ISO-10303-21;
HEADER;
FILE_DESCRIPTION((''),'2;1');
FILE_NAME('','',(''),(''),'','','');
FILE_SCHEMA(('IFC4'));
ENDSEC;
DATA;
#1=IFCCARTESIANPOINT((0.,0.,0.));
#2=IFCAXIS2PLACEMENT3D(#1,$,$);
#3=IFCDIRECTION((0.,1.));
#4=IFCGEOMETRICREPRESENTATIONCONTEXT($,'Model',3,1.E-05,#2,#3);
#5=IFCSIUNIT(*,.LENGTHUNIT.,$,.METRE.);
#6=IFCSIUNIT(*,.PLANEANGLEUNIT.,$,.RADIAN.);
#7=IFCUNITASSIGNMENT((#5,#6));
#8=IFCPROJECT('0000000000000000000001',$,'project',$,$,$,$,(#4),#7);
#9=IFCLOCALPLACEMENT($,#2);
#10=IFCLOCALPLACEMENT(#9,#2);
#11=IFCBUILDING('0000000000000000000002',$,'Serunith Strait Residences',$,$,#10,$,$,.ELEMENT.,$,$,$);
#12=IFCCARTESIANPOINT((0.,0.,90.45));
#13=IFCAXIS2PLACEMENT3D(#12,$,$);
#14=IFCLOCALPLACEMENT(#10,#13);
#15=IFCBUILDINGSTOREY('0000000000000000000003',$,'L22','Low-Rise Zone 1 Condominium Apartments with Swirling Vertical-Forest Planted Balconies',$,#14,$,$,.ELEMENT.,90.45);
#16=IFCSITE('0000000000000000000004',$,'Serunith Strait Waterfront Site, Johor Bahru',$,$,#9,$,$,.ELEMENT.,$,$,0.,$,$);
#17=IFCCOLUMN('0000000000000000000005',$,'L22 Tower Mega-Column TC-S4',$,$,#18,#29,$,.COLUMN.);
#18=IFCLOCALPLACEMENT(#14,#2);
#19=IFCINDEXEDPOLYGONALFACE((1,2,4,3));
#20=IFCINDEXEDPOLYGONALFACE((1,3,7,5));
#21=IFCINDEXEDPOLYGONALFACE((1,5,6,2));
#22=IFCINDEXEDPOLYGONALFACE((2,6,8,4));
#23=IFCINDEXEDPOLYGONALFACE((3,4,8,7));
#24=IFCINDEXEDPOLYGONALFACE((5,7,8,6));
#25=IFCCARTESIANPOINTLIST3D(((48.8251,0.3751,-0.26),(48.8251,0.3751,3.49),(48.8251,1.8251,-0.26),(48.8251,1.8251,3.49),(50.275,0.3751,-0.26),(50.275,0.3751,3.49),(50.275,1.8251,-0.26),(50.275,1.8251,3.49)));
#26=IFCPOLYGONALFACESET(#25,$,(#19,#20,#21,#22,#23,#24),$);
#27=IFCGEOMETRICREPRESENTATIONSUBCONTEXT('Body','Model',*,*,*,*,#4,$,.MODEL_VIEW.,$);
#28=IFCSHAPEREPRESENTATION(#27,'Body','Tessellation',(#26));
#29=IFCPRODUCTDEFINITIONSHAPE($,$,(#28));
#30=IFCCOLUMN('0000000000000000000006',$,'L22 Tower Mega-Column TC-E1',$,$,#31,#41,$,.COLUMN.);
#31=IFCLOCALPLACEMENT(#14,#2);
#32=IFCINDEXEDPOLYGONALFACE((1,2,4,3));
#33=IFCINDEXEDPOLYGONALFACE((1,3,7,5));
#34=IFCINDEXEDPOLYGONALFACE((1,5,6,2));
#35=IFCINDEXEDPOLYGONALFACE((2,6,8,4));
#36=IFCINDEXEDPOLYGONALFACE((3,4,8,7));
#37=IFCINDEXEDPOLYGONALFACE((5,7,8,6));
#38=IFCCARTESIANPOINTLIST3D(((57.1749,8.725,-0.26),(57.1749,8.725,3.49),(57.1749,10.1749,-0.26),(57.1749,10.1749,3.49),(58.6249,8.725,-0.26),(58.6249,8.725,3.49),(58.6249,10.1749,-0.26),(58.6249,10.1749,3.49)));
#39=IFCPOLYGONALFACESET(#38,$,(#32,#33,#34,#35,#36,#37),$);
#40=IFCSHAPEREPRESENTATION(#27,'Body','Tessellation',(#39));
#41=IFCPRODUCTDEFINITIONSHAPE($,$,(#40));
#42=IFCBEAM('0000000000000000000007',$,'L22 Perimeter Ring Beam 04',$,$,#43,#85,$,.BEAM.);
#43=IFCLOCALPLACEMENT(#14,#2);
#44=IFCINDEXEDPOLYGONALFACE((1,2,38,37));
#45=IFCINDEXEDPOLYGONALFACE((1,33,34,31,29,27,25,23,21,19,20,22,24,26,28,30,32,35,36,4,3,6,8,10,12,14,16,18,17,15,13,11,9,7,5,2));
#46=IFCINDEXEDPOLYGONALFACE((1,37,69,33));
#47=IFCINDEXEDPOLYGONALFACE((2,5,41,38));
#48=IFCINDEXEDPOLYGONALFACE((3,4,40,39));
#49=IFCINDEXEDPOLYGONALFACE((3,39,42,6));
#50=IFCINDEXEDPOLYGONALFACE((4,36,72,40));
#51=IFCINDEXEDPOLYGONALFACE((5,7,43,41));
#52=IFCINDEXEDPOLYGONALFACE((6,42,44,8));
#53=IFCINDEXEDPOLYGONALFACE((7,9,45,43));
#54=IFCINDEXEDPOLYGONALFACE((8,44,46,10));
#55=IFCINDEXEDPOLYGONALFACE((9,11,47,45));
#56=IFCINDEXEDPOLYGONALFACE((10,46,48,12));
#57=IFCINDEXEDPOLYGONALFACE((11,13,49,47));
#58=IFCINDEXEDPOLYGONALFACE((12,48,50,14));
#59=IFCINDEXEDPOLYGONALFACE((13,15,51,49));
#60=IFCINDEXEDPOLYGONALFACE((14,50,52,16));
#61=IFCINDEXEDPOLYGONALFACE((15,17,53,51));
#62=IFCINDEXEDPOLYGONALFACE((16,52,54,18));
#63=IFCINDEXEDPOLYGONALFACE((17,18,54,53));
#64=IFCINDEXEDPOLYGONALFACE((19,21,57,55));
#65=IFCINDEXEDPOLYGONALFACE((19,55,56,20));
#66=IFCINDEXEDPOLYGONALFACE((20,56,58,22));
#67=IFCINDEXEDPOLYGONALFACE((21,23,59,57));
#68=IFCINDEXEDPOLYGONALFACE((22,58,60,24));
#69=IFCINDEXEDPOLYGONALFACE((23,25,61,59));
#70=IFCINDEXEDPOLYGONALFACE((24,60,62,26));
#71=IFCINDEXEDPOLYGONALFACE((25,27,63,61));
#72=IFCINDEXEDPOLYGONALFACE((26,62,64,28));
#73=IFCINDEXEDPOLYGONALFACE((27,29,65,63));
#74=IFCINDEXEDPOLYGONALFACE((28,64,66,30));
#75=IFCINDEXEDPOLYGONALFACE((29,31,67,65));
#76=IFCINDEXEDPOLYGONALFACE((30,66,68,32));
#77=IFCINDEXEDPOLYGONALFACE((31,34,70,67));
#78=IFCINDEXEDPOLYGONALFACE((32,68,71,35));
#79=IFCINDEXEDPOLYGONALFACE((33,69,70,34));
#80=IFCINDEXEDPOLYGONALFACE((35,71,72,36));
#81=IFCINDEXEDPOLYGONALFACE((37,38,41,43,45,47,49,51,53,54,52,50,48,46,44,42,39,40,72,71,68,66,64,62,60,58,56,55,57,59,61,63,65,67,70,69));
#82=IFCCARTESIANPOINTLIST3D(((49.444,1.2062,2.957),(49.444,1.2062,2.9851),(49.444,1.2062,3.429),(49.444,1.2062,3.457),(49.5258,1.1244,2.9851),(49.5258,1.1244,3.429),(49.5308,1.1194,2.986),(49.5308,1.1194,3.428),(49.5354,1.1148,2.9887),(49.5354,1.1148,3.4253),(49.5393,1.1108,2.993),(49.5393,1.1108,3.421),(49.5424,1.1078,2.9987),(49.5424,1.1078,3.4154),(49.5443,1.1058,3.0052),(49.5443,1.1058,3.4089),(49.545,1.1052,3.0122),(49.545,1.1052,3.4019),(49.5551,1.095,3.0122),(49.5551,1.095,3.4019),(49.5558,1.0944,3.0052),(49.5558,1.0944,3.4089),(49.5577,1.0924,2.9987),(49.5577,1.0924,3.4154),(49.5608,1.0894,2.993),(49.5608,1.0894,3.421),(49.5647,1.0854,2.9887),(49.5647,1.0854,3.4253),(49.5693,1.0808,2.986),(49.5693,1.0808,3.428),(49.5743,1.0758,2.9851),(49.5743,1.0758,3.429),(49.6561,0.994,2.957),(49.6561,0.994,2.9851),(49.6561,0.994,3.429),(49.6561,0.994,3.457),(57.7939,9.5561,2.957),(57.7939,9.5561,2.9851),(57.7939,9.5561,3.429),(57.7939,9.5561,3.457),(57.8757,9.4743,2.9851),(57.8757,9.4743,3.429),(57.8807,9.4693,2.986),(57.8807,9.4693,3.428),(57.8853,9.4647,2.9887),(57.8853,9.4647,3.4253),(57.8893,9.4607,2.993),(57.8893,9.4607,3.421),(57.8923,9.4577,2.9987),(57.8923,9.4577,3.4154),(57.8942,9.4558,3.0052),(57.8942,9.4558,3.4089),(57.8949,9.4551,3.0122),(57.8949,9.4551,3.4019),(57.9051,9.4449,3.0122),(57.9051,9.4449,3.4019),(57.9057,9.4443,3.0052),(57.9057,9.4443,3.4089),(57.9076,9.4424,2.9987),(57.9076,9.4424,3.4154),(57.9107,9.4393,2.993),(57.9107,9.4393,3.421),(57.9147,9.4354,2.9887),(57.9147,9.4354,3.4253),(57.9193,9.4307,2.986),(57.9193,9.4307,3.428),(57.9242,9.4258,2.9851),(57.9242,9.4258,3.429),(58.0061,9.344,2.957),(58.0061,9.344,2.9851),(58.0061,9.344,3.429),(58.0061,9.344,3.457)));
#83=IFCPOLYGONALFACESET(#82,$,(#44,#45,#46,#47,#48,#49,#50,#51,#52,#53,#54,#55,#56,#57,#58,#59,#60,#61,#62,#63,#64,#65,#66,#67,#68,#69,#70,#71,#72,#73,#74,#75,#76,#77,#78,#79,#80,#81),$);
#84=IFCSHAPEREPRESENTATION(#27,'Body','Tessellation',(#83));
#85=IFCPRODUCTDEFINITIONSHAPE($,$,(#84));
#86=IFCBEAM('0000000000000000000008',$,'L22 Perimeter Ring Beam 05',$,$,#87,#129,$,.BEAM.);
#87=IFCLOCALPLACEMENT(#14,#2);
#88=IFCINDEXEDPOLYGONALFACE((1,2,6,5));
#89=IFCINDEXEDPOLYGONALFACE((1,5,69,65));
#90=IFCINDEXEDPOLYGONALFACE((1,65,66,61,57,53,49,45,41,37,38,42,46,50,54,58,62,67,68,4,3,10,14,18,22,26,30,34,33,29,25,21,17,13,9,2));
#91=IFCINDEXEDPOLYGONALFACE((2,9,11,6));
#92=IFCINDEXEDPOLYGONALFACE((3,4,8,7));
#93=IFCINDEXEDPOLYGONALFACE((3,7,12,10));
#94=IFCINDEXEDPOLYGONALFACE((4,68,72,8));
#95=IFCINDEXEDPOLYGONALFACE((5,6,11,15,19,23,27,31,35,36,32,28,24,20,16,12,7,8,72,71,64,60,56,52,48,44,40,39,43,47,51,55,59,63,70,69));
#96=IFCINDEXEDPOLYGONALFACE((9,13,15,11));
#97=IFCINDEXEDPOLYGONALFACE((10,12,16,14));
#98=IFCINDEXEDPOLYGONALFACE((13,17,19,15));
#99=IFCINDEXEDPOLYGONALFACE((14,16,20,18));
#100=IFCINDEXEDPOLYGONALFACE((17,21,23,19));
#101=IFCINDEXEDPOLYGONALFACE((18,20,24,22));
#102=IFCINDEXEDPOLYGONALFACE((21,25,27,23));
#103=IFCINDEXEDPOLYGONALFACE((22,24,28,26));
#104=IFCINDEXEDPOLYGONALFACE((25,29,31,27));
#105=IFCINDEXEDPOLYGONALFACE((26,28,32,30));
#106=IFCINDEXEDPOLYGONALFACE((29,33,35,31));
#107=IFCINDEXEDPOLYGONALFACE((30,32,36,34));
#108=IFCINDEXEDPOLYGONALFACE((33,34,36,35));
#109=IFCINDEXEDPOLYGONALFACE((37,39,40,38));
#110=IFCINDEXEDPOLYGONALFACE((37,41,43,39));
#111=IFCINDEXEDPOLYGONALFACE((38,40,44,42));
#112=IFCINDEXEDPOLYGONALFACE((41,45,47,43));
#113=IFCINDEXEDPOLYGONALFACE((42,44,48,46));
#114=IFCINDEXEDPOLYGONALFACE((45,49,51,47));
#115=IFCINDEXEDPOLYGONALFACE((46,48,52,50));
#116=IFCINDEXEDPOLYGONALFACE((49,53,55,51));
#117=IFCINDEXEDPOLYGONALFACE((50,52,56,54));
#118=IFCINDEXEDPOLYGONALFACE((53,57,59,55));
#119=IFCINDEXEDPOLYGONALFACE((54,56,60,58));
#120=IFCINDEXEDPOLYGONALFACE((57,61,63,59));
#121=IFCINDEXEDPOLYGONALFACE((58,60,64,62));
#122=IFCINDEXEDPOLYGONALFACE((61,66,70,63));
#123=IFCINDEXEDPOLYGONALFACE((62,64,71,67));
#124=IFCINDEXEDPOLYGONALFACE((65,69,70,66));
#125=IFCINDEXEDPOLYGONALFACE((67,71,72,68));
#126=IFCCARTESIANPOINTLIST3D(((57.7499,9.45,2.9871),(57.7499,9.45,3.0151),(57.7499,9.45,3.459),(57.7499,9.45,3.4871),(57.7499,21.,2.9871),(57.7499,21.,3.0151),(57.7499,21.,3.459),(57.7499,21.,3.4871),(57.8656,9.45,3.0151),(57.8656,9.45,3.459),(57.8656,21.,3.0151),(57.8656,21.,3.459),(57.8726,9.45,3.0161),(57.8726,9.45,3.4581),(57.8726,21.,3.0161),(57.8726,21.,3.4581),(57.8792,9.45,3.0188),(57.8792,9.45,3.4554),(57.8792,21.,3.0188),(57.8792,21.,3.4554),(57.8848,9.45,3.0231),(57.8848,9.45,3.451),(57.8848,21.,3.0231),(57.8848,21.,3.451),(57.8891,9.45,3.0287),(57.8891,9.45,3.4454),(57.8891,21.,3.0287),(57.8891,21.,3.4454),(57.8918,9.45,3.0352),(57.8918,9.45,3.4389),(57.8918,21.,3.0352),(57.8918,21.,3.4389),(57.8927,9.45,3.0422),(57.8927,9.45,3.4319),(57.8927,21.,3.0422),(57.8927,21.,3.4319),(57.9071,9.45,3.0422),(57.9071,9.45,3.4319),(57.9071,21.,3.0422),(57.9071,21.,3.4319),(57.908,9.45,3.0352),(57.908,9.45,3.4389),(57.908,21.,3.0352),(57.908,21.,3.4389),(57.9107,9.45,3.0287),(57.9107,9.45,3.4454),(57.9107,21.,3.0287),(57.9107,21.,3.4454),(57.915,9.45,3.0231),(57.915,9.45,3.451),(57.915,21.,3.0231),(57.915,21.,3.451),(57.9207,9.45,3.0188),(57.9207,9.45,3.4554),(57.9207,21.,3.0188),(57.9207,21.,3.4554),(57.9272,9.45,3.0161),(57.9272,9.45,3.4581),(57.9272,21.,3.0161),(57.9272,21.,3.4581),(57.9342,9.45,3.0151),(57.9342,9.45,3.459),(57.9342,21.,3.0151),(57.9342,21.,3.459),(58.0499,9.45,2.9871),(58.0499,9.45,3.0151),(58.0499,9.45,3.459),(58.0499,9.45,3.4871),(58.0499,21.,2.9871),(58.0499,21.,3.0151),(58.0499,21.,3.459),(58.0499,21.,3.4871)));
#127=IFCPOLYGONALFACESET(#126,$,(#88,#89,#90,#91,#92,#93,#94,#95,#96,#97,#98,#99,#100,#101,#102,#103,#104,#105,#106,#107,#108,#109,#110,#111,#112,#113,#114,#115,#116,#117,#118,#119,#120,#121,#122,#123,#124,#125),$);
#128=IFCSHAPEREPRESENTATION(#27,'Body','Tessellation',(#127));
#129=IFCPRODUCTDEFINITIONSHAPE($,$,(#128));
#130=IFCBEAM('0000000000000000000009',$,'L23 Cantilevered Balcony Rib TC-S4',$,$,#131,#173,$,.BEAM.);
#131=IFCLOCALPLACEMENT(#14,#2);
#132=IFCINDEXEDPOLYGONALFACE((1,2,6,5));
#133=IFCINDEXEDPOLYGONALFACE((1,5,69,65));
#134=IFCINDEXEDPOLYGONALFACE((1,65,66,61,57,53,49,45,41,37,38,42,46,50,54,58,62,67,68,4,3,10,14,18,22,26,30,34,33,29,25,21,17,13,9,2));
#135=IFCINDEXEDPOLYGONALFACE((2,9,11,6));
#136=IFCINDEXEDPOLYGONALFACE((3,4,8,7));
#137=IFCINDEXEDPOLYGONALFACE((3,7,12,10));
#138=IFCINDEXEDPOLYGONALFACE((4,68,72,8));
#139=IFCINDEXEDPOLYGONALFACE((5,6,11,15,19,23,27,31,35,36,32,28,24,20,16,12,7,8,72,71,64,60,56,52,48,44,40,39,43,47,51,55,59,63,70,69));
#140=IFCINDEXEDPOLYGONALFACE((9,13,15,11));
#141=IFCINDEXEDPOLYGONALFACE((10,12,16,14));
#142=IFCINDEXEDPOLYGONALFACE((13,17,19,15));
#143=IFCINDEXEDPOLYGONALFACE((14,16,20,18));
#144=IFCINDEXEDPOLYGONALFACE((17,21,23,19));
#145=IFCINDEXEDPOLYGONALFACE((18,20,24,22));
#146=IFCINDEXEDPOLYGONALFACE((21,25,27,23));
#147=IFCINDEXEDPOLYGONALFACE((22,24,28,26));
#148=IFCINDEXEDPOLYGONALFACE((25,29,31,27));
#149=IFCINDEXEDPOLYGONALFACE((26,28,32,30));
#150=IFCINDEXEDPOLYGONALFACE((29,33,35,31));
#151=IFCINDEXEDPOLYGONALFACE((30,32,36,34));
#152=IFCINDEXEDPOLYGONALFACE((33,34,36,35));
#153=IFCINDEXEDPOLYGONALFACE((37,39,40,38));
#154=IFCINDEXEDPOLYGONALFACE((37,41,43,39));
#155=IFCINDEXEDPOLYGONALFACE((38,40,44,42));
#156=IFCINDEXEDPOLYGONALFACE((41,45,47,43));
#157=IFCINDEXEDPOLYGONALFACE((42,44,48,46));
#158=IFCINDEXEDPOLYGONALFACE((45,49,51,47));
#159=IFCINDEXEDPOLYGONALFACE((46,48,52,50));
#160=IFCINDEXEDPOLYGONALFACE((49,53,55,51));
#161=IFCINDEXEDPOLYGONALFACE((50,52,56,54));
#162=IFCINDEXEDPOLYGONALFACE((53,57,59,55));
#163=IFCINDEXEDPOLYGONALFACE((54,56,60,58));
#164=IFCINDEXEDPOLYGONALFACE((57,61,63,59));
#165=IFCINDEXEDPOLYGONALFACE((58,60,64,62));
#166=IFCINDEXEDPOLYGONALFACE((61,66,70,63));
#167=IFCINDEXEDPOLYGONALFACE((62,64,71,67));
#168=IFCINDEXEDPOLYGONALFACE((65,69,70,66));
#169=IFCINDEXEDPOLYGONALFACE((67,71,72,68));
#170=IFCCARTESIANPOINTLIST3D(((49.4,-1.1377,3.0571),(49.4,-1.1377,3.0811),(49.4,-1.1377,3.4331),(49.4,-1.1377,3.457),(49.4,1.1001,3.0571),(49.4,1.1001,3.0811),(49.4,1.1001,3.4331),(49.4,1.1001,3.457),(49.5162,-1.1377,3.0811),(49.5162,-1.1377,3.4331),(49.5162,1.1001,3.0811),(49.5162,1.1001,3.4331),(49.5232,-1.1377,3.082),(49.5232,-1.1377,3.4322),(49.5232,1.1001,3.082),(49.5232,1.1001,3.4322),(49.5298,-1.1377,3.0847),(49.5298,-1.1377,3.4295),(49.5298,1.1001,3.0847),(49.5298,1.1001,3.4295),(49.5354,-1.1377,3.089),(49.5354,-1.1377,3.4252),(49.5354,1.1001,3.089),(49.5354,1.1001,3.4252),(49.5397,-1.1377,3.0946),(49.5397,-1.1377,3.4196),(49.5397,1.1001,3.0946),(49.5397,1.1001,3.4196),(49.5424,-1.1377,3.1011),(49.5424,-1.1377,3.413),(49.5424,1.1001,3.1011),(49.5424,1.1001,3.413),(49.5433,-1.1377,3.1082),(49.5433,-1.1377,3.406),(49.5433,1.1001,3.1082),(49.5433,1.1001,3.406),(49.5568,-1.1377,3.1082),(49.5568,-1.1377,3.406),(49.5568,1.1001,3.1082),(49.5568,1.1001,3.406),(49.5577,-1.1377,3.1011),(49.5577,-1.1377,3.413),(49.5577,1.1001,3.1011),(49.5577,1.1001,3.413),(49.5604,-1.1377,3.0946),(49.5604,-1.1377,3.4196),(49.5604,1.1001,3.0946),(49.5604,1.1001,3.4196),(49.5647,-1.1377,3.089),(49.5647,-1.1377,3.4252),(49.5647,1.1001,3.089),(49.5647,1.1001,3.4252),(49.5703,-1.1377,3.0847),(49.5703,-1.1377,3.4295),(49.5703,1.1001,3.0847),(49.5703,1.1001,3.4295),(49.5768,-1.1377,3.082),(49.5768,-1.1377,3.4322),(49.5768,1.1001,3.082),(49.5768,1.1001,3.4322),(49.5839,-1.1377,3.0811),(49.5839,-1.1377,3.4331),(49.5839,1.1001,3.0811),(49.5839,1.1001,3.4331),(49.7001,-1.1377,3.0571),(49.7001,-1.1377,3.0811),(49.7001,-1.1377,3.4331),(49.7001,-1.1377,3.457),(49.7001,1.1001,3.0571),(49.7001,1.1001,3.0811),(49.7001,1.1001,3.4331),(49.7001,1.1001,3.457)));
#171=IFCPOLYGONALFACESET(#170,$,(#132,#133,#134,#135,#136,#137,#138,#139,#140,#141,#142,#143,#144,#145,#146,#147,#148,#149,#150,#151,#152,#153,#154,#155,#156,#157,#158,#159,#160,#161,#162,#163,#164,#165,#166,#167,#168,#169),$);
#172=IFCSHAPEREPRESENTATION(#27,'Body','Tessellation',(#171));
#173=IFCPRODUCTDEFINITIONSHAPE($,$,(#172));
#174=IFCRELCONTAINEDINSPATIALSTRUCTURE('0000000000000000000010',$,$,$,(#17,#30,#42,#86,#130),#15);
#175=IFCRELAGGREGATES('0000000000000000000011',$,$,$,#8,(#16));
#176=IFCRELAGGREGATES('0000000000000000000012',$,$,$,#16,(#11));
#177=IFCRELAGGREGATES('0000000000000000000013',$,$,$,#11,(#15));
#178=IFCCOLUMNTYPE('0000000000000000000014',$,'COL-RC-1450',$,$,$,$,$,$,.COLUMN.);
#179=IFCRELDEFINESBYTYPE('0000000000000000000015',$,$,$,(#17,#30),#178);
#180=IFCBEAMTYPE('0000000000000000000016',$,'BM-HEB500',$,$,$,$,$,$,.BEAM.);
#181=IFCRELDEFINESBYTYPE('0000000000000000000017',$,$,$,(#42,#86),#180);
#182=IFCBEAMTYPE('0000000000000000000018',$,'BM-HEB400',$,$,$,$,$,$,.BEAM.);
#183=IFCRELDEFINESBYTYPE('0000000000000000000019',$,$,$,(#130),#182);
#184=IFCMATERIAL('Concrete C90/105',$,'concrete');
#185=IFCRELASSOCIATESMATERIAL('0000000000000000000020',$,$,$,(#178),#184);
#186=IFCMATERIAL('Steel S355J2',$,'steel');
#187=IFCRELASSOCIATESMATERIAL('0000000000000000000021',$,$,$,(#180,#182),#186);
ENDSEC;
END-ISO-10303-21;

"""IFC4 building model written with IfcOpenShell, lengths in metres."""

from ifc_helpers import new_model, si_unit, direction, frame, origin, origin_2d, place, context, subcontext, project, spatial, rectangle, i_section, extrude, source, transform, mapped, material, material_profile, profile_set, type_object, element, save


model = new_model("IFC4")

# Units and contexts
model_context = context("Model", 3, precision=1e-05, world=origin(), true_north=direction((0.0, 1.0)))
body_context = subcontext(model_context, "Body", "Model", "MODEL_VIEW")
ifc_project = project(units=[si_unit("LENGTHUNIT", "METRE"), si_unit("PLANEANGLEUNIT", "RADIAN")], contexts=[model_context])

# Site, building, storey
site_placement = place(None, origin())
site = spatial("IfcSite", under=ifc_project, at=site_placement, Name="Serunith Strait Waterfront Site, Johor Bahru", CompositionType="ELEMENT", RefElevation=0.0)
building_placement = place(site_placement, origin())
building = spatial("IfcBuilding", under=site, at=building_placement, Name="Serunith Strait Residences", CompositionType="ELEMENT")
storey_placement = place(building_placement, frame((0.0, 0.0, 90.45)))
storey = spatial("IfcBuildingStorey", under=building, at=storey_placement, Name="L22", Description="Low-Rise Zone 1 Condominium Apartments with Swirling Vertical-Forest Planted Balconies", CompositionType="ELEMENT", Elevation=90.45)

# Columns
ifc_material_1 = material(Name="Concrete C90/105", Category="concrete")
ifc_material_profile_1 = material_profile(ifc_material_1, rectangle(XDim=1.45, YDim=1.45, at=origin_2d()), Name="RC 1450x1450")
ifc_profile_set_1 = profile_set([ifc_material_profile_1], Name="Concrete C90/105")
column_type = type_object("IfcColumnType", Name="COL-RC-1450", PredefinedType="COLUMN", material=ifc_profile_set_1)
shared_shape_1 = source(origin(), body_context, "Body", "SweptSolid", [
    extrude(rectangle(XDim=1.45, YDim=1.45, at=origin_2d()), origin(), (0.0, 0.0, 1.0), 3.75),
])
for number, where, z_axis, x_axis, name in (
    (1, (49.55, 1.1001, -0.26), (0.0, 0.0, 1.0), (1.0, 0.0, 0.0), "L22 Tower Mega-Column TC-S4"),
    (2, (57.8999, 9.45, -0.26), (0.0, 0.0, 1.0), (1.0, 0.0, 0.0), "L22 Tower Mega-Column TC-E1"),
):
    element("IfcColumn", number, at=place(storey_placement, frame(where, z_axis=z_axis, x_axis=x_axis)), inside=storey, type_object=column_type, Name=name, PredefinedType="COLUMN", context=body_context, shape_type="MappedRepresentation", body=[
        mapped(shared_shape_1, transform((0.0, 0.0, 0.0), scale=1.0)),
    ])

# Beams
ifc_material_2 = material(Name="Steel S355J2", Category="steel")
ifc_material_profile_2 = material_profile(ifc_material_2, i_section(OverallWidth=0.3, OverallDepth=0.5, WebThickness=0.0144, FlangeThickness=0.0281, FilletRadius=0.0271, at=origin_2d()), Name="HEB 500")
ifc_profile_set_2 = profile_set([ifc_material_profile_2], Name="Steel S355J2")
beam_type_1 = type_object("IfcBeamType", Name="BM-HEB500", PredefinedType="BEAM", material=ifc_profile_set_2)
shared_shape_2 = source(origin(), body_context, "Body", "SweptSolid", [
    extrude(i_section(OverallWidth=0.3, OverallDepth=0.5, WebThickness=0.0144, FlangeThickness=0.0281, FilletRadius=0.0271, at=origin_2d()), origin(), (0.0, 0.0, 1.0), 11.8086),
])
beam_1_placement = place(storey_placement, frame((49.55, 1.1001, 3.207), z_axis=(0.707107, 0.707107, 0.0), x_axis=(-0.707107, 0.707107, 0.0)))
element("IfcBeam", 3, at=beam_1_placement, inside=storey, type_object=beam_type_1, Name="L22 Perimeter Ring Beam 04", PredefinedType="BEAM", context=body_context, shape_type="MappedRepresentation", body=[
    mapped(shared_shape_2, transform((0.0, 0.0, 0.0), scale=1.0)),
])
shared_shape_3 = source(origin(), body_context, "Body", "SweptSolid", [
    extrude(i_section(OverallWidth=0.3, OverallDepth=0.5, WebThickness=0.0144, FlangeThickness=0.0281, FilletRadius=0.0271, at=origin_2d()), origin(), (0.0, 0.0, 1.0), 11.55),
])
beam_2_placement = place(storey_placement, frame((57.8999, 9.45, 3.2371), z_axis=(0.0, 1.0, 0.0), x_axis=(-1.0, 0.0, 0.0)))
element("IfcBeam", 4, at=beam_2_placement, inside=storey, type_object=beam_type_1, Name="L22 Perimeter Ring Beam 05", PredefinedType="BEAM", context=body_context, shape_type="MappedRepresentation", body=[
    mapped(shared_shape_3, transform((0.0, 0.0, 0.0), scale=1.0)),
])
ifc_material_profile_3 = material_profile(ifc_material_2, i_section(OverallWidth=0.3, OverallDepth=0.3999, WebThickness=0.0134, FlangeThickness=0.0239, FilletRadius=0.0271, at=origin_2d()), Name="HEB 400")
ifc_profile_set_3 = profile_set([ifc_material_profile_3], Name="Steel S355J2")
beam_type_2 = type_object("IfcBeamType", Name="BM-HEB400", PredefinedType="BEAM", material=ifc_profile_set_3)
shared_shape_4 = source(origin(), body_context, "Body", "SweptSolid", [
    extrude(i_section(OverallWidth=0.3, OverallDepth=0.3999, WebThickness=0.0134, FlangeThickness=0.0239, FilletRadius=0.0271, at=origin_2d()), origin(), (0.0, 0.0, 1.0), 2.2378),
])
beam_3_placement = place(storey_placement, frame((49.55, 1.1001, 3.2571), z_axis=(0.0, -1.0, 0.0), x_axis=(1.0, 0.0, 0.0)))
element("IfcBeam", 5, at=beam_3_placement, inside=storey, type_object=beam_type_2, Name="L23 Cantilevered Balcony Rib TC-S4", PredefinedType="BEAM", context=body_context, shape_type="MappedRepresentation", body=[
    mapped(shared_shape_4, transform((0.0, 0.0, 0.0), scale=1.0)),
])

save(model, "model.ifc")
